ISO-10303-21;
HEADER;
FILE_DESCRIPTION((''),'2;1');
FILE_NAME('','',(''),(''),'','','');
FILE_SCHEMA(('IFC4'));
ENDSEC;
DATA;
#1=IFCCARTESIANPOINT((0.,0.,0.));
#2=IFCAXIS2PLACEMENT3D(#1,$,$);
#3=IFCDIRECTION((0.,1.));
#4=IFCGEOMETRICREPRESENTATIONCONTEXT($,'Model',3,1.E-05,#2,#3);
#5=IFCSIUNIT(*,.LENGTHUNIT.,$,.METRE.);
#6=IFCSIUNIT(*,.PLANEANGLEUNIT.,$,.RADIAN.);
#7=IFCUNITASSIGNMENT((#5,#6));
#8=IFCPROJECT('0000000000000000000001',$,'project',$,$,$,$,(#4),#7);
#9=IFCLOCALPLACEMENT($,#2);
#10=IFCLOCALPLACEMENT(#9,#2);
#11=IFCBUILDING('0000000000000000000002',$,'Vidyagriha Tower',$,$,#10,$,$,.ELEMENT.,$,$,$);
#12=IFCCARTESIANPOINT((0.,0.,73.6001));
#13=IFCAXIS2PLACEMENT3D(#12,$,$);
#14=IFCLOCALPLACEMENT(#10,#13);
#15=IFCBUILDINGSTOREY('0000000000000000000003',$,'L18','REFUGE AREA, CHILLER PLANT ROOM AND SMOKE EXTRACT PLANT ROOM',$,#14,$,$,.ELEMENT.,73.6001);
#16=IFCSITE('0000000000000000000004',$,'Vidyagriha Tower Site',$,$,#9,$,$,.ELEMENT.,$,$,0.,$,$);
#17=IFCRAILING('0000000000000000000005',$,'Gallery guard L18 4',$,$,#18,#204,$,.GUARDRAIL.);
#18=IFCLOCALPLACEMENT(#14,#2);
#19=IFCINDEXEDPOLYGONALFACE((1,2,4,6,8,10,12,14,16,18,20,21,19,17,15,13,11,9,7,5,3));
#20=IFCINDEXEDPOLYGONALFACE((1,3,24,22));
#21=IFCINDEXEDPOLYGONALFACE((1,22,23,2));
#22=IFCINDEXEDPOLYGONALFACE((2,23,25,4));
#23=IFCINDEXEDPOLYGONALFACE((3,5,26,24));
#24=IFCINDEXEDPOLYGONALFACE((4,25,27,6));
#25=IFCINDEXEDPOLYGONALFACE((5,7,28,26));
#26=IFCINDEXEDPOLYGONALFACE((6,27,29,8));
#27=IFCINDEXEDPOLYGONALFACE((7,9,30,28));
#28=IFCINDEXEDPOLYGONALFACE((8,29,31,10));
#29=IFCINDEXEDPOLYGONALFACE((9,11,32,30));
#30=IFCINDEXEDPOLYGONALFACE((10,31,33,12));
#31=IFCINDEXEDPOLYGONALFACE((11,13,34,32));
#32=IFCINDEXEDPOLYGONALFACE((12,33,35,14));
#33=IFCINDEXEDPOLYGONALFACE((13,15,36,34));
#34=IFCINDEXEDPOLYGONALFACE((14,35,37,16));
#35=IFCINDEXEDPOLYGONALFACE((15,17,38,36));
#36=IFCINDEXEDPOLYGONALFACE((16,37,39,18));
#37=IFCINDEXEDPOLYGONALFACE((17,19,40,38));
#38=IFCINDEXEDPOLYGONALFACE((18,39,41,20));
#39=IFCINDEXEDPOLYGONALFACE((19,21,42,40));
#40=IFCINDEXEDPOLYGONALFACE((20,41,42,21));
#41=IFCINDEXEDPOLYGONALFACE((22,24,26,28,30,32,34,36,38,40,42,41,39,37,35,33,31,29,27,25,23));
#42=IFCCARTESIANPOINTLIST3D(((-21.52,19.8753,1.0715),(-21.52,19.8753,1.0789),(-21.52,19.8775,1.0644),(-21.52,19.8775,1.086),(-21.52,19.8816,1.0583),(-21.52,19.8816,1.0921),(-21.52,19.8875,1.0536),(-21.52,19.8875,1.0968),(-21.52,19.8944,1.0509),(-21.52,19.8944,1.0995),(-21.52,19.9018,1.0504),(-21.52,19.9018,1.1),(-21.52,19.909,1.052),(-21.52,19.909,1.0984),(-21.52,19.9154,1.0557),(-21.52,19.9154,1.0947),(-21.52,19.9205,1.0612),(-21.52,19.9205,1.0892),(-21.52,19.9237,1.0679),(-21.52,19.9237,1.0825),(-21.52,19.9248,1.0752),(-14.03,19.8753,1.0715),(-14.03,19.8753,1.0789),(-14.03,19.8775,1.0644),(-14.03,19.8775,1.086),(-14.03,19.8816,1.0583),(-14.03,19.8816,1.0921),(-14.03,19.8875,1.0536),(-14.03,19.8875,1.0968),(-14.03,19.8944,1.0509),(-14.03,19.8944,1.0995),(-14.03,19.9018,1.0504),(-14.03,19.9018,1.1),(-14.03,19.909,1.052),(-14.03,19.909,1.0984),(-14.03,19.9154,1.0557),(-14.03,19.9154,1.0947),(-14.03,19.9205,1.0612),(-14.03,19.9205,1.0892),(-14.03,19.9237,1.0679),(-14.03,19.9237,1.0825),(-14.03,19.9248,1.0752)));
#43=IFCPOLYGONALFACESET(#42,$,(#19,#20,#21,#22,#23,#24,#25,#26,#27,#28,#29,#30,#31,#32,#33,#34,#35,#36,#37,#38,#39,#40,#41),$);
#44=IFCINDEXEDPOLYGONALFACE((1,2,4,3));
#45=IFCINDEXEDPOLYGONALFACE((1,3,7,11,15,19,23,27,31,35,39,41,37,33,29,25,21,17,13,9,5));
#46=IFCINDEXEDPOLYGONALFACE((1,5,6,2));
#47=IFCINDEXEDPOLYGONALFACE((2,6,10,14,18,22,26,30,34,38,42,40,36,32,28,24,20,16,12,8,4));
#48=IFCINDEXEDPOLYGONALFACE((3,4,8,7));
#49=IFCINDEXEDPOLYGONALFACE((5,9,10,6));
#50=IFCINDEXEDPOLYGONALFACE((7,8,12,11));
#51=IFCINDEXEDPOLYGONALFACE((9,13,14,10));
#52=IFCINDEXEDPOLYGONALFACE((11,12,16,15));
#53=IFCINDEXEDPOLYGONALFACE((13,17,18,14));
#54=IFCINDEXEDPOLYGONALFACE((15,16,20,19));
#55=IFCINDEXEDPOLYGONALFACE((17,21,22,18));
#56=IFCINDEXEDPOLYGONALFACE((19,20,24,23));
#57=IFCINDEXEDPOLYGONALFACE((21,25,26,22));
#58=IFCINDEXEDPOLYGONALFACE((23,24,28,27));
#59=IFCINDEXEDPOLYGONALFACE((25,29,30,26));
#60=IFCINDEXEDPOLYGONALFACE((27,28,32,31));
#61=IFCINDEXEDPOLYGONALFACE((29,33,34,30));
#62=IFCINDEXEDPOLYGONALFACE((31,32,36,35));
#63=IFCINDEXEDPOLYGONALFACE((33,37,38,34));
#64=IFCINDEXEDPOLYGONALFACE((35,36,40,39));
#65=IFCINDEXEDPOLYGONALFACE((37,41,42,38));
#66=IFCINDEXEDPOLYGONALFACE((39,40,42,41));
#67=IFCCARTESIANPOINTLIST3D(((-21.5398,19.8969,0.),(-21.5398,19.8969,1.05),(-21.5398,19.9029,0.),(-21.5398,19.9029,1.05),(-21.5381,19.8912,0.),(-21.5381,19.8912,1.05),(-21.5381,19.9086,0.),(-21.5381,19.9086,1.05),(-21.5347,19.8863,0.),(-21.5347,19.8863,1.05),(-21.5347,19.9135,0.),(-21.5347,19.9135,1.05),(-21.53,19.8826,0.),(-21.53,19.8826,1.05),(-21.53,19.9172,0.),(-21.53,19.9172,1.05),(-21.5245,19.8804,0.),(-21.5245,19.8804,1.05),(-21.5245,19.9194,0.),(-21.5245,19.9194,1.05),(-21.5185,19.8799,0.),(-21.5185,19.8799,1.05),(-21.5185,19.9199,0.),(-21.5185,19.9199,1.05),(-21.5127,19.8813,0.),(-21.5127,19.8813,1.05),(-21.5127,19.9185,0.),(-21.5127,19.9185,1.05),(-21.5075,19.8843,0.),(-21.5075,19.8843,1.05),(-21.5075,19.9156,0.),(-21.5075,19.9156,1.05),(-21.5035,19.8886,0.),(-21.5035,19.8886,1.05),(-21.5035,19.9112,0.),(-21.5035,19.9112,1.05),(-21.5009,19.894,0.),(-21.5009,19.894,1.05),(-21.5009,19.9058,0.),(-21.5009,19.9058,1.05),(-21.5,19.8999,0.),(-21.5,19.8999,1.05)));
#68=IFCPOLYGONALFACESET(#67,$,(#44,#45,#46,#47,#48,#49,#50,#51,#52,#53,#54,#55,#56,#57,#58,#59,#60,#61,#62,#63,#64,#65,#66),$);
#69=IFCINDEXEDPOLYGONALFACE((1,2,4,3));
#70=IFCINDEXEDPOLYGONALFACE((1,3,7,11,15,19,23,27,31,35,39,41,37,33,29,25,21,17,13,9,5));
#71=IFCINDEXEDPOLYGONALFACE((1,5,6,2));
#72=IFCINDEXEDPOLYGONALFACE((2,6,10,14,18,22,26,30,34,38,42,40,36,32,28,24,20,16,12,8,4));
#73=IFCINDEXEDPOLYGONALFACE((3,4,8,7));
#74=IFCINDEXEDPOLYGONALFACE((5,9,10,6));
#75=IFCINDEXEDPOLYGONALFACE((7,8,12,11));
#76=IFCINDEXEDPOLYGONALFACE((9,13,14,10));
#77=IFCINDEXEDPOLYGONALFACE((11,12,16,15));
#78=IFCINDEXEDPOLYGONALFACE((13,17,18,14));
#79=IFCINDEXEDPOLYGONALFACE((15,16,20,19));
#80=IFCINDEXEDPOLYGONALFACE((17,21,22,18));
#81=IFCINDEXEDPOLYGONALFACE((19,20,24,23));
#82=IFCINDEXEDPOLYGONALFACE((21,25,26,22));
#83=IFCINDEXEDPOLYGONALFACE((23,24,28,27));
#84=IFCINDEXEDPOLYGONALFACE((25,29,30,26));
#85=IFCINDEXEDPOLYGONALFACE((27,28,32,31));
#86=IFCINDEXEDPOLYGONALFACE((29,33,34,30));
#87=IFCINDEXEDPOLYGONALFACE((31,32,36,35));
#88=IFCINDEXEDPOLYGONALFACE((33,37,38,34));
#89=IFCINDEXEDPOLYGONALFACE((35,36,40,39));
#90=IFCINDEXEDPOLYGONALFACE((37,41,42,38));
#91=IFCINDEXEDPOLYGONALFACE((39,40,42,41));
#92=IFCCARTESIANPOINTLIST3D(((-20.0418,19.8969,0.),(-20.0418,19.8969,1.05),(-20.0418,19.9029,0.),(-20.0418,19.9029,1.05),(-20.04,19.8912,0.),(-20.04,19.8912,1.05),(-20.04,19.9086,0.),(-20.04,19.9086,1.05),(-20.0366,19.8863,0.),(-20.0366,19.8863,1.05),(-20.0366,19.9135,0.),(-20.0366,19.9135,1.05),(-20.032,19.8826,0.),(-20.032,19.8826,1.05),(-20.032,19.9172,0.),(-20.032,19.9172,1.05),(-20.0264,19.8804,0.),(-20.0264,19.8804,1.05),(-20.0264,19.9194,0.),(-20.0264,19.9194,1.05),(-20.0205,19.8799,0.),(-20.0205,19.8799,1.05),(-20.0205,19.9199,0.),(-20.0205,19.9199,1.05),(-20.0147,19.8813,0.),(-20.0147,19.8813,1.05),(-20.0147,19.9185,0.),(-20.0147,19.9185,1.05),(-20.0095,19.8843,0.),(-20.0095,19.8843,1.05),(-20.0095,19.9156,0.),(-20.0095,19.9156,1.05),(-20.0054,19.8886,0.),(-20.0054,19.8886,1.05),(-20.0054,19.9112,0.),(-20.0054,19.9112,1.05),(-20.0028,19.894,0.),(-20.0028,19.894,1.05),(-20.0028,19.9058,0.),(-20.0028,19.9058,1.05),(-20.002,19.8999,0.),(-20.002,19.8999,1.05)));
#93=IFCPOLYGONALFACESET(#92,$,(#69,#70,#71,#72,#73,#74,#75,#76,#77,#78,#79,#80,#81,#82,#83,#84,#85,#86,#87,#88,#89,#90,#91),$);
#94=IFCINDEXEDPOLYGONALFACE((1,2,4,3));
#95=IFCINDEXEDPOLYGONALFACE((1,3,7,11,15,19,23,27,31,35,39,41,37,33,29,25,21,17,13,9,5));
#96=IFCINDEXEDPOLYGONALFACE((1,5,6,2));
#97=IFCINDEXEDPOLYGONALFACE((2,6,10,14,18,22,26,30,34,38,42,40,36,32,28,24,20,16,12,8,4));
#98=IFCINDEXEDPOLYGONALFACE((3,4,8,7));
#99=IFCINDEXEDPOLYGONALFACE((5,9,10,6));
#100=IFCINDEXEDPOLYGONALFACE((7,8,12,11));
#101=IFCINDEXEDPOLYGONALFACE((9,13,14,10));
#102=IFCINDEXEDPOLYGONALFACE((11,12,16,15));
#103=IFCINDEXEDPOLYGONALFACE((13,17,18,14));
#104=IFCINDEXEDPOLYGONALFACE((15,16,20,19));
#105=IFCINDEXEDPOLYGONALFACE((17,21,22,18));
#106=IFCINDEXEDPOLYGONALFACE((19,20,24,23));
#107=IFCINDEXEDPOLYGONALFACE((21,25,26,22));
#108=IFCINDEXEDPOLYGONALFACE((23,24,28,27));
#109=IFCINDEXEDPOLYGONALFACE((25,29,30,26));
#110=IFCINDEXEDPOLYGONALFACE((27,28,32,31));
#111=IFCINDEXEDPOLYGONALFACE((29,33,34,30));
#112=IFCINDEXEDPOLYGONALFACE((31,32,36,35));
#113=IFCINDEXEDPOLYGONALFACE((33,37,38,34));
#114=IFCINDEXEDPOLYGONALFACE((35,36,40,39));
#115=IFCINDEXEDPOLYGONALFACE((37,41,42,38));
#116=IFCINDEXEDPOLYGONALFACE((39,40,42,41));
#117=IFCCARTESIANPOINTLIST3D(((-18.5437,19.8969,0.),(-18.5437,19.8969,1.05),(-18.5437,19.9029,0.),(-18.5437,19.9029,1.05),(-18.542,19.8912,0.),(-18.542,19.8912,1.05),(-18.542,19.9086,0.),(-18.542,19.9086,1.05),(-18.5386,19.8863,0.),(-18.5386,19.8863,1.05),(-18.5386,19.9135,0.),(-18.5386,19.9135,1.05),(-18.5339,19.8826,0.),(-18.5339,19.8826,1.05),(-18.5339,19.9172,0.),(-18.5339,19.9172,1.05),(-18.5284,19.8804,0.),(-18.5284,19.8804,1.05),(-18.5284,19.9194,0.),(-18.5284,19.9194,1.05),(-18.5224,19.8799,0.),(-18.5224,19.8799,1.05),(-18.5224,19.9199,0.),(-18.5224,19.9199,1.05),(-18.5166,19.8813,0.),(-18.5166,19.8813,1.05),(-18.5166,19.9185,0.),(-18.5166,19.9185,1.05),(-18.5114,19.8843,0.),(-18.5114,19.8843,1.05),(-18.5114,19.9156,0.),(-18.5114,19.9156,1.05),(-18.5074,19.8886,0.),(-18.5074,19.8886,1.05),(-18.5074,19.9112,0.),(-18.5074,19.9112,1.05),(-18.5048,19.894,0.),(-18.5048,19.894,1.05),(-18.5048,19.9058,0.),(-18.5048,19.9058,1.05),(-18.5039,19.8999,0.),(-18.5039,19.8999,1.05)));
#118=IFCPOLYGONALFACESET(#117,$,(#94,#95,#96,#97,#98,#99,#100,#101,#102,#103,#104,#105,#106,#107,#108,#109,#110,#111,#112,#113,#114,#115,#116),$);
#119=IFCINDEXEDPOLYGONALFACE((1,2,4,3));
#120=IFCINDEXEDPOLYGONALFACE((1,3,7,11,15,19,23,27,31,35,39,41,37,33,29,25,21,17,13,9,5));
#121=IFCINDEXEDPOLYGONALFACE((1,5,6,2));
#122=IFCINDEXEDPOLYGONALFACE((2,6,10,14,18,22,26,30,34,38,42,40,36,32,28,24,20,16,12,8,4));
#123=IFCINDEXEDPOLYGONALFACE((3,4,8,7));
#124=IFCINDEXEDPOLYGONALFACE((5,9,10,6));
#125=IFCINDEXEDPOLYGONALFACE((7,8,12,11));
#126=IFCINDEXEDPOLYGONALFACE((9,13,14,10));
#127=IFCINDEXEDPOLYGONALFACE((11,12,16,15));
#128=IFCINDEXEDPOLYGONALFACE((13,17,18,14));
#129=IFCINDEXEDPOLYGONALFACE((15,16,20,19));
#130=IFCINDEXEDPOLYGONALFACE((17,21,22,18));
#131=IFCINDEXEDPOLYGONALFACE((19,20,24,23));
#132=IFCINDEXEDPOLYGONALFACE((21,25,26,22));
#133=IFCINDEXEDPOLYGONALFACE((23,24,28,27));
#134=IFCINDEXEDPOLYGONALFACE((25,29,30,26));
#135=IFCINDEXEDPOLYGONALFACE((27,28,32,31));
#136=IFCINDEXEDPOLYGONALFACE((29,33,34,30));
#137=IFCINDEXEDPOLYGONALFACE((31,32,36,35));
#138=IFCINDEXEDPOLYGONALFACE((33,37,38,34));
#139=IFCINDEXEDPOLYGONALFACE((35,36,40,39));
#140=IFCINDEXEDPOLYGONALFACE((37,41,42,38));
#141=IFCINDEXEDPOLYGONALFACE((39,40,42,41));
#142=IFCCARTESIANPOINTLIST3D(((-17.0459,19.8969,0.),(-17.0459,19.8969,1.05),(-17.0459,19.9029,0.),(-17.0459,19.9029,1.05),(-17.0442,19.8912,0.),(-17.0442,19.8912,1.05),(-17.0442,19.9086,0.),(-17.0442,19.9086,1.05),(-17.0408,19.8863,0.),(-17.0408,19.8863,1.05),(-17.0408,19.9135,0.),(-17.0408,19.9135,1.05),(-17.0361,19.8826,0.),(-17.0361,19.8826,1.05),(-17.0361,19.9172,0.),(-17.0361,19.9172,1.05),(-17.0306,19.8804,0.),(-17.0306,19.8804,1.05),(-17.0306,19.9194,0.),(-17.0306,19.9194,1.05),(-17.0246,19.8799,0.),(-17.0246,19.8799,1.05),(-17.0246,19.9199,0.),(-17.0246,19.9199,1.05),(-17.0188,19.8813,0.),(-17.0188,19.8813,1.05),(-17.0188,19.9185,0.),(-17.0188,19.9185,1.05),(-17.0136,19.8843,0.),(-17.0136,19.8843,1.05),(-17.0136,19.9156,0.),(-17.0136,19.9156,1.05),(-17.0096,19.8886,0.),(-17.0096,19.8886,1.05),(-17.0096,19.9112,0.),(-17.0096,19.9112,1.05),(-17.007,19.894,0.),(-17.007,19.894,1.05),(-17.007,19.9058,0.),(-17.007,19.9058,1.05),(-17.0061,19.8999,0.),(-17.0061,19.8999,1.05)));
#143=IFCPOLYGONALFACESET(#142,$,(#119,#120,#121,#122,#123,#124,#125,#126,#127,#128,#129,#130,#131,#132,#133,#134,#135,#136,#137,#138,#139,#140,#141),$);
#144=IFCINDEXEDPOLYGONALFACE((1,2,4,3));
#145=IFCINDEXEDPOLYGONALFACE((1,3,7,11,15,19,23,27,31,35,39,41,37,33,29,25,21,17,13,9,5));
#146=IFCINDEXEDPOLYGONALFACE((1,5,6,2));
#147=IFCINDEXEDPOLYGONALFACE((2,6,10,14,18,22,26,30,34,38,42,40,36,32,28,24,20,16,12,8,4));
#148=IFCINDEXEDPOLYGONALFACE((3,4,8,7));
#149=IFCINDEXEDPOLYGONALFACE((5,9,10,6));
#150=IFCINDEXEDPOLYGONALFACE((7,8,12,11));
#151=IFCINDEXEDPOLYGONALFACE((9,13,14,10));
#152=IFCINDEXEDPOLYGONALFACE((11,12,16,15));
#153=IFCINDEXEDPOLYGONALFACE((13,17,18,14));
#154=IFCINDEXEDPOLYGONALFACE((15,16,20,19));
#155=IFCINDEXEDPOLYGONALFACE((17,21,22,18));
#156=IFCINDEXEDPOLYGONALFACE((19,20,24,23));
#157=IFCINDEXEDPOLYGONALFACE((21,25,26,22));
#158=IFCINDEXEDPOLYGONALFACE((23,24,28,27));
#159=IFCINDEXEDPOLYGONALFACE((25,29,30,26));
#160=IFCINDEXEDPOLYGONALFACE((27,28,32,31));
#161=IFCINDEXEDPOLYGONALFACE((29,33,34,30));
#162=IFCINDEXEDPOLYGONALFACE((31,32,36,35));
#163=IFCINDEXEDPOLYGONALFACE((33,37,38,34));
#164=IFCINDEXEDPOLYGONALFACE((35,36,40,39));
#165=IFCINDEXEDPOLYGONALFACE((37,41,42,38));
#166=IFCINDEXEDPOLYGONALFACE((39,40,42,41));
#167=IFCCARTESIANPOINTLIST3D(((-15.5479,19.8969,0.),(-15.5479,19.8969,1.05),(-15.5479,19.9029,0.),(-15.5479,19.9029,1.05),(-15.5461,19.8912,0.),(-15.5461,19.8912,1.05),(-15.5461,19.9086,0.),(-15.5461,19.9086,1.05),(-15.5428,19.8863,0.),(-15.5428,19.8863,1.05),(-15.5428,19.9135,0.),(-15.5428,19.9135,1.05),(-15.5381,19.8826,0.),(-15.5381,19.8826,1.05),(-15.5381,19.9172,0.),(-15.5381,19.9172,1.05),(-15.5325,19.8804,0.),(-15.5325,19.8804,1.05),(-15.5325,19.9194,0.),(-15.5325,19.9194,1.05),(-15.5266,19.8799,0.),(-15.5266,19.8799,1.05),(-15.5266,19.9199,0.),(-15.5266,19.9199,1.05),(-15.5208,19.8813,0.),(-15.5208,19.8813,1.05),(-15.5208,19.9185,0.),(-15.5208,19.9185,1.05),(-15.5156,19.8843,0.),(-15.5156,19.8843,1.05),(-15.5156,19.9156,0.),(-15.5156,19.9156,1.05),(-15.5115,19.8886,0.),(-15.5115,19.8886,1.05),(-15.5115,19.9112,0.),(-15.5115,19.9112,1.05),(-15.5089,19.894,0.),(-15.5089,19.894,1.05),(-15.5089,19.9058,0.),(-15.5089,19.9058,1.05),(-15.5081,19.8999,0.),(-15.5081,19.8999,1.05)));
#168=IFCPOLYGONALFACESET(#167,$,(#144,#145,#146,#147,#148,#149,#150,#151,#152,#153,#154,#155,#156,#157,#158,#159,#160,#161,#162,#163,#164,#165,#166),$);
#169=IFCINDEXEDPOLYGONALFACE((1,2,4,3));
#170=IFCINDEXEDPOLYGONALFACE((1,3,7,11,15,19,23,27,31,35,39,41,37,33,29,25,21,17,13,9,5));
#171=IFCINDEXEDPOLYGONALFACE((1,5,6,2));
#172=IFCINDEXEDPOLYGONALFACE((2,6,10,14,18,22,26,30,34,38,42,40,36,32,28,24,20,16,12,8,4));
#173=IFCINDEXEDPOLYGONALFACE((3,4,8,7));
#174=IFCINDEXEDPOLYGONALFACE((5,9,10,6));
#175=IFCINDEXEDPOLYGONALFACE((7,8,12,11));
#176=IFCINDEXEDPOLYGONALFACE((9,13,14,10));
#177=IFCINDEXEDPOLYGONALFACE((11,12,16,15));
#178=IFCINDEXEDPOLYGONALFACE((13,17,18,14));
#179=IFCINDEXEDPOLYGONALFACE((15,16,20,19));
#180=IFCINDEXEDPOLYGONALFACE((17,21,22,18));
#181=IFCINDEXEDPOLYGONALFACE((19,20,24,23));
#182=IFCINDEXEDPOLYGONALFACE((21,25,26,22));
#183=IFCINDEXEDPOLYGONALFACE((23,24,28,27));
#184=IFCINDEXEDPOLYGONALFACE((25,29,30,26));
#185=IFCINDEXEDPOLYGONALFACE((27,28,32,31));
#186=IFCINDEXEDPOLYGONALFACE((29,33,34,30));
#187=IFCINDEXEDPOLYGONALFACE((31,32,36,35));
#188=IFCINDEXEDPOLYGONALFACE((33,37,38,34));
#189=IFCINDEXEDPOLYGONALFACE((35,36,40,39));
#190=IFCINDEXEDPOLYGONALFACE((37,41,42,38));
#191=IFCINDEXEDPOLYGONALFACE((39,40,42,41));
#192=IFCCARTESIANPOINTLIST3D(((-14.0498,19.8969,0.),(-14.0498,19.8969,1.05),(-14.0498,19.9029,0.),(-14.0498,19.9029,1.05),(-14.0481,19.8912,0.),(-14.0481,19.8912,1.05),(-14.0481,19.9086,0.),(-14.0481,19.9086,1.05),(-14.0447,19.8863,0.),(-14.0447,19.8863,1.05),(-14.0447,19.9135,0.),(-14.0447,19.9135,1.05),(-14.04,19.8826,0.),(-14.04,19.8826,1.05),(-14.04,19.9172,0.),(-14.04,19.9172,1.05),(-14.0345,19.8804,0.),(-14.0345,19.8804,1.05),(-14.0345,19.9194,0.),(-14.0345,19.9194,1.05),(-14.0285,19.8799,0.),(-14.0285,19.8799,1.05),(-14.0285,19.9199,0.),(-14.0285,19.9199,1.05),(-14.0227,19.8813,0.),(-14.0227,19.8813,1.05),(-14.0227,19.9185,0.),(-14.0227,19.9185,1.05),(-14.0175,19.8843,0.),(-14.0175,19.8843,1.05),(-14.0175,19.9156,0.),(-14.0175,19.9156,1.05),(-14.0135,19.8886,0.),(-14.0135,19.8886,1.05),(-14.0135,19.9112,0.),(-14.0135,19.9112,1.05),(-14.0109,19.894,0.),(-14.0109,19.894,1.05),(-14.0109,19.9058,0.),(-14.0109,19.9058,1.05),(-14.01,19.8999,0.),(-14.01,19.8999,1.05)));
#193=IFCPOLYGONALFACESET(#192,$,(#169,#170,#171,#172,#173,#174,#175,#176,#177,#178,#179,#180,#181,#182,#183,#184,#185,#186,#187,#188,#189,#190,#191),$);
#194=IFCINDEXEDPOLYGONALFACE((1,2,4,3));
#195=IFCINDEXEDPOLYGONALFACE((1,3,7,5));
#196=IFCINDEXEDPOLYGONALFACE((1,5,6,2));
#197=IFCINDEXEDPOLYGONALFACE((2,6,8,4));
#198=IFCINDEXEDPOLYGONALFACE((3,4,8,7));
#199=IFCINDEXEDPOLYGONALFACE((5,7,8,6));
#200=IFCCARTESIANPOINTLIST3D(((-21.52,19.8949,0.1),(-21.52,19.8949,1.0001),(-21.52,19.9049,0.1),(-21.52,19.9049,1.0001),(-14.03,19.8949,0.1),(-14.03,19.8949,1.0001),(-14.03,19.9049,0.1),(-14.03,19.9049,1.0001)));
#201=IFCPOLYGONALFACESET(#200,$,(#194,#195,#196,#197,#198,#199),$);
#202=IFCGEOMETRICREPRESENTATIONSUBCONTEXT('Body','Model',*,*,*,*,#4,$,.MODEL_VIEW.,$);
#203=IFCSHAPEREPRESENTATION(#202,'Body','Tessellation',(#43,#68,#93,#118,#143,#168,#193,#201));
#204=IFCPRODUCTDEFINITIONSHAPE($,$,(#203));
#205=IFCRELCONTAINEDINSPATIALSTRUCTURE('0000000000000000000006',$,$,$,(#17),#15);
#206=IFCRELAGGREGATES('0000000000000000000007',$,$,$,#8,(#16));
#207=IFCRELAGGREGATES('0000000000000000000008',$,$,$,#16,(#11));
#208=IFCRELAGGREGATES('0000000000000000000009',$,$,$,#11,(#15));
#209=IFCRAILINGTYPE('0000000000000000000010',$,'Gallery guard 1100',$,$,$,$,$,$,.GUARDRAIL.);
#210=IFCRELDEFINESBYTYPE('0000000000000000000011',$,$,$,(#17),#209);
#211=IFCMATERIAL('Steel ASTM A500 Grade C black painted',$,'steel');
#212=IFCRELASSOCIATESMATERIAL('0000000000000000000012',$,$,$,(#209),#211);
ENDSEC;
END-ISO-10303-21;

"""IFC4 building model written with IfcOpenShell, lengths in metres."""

from ifc_helpers import new_model, si_unit, direction, frame, origin, origin_2d, place, context, subcontext, project, spatial, rectangle, circle, extrude, material, type_object, element, save


model = new_model("IFC4")

# Units and contexts
model_context = context("Model", 3, precision=1e-05, world=origin(), true_north=direction((0.0, 1.0)))
body_context = subcontext(model_context, "Body", "Model", "MODEL_VIEW")
ifc_project = project(units=[si_unit("LENGTHUNIT", "METRE"), si_unit("PLANEANGLEUNIT", "RADIAN")], contexts=[model_context])

# Site, building, storey
site_placement = place(None, origin())
site = spatial("IfcSite", under=ifc_project, at=site_placement, Name="Vidyagriha Tower Site", CompositionType="ELEMENT", RefElevation=0.0)
building_placement = place(site_placement, origin())
building = spatial("IfcBuilding", under=site, at=building_placement, Name="Vidyagriha Tower", CompositionType="ELEMENT")
storey_placement = place(building_placement, frame((0.0, 0.0, 73.6001)))
storey = spatial("IfcBuildingStorey", under=building, at=storey_placement, Name="L18", Description="REFUGE AREA, CHILLER PLANT ROOM AND SMOKE EXTRACT PLANT ROOM", CompositionType="ELEMENT", Elevation=73.6001)

# Railing
ifc_material_1 = material(Name="Steel ASTM A500 Grade C black painted", Category="steel")
railing_type_1 = type_object("IfcRailingType", Name="Gallery guard 1100", PredefinedType="GUARDRAIL", material=ifc_material_1)
railing_1_placement = place(storey_placement, frame((-21.52, 19.8999, 0.0)))
element("IfcRailing", 1, at=railing_1_placement, inside=storey, type_object=railing_type_1, Name="Gallery guard L18 4", PredefinedType="GUARDRAIL", context=body_context, shape_type="SweptSolid", body=[
    extrude(circle(Radius=0.0249, at=origin_2d()), frame((0.0, 0.0, 1.0752), z_axis=(1.0, 0.0, 0.0), x_axis=(0.0, 1.0, 0.0)), (0.0, 0.0, 1.0), 7.49),
    extrude(circle(Radius=0.02, at=origin_2d()), origin(), (0.0, 0.0, 1.0), 1.05),
    extrude(circle(Radius=0.02, at=origin_2d()), frame((1.498, 0.0, 0.0)), (0.0, 0.0, 1.0), 1.05),
    extrude(circle(Radius=0.02, at=origin_2d()), frame((2.9961, 0.0, 0.0)), (0.0, 0.0, 1.0), 1.05),
    extrude(circle(Radius=0.02, at=origin_2d()), frame((4.4939, 0.0, 0.0)), (0.0, 0.0, 1.0), 1.05),
    extrude(circle(Radius=0.02, at=origin_2d()), frame((5.9919, 0.0, 0.0)), (0.0, 0.0, 1.0), 1.05),
    extrude(circle(Radius=0.02, at=origin_2d()), frame((7.49, 0.0, 0.0)), (0.0, 0.0, 1.0), 1.05),
    extrude(rectangle(XDim=0.01, YDim=0.9001, at=origin_2d()), frame((0.0, 0.0, 0.55), z_axis=(1.0, 0.0, 0.0), x_axis=(0.0, 1.0, 0.0)), (0.0, 0.0, 1.0), 7.49),
])

save(model, "model.ifc")
